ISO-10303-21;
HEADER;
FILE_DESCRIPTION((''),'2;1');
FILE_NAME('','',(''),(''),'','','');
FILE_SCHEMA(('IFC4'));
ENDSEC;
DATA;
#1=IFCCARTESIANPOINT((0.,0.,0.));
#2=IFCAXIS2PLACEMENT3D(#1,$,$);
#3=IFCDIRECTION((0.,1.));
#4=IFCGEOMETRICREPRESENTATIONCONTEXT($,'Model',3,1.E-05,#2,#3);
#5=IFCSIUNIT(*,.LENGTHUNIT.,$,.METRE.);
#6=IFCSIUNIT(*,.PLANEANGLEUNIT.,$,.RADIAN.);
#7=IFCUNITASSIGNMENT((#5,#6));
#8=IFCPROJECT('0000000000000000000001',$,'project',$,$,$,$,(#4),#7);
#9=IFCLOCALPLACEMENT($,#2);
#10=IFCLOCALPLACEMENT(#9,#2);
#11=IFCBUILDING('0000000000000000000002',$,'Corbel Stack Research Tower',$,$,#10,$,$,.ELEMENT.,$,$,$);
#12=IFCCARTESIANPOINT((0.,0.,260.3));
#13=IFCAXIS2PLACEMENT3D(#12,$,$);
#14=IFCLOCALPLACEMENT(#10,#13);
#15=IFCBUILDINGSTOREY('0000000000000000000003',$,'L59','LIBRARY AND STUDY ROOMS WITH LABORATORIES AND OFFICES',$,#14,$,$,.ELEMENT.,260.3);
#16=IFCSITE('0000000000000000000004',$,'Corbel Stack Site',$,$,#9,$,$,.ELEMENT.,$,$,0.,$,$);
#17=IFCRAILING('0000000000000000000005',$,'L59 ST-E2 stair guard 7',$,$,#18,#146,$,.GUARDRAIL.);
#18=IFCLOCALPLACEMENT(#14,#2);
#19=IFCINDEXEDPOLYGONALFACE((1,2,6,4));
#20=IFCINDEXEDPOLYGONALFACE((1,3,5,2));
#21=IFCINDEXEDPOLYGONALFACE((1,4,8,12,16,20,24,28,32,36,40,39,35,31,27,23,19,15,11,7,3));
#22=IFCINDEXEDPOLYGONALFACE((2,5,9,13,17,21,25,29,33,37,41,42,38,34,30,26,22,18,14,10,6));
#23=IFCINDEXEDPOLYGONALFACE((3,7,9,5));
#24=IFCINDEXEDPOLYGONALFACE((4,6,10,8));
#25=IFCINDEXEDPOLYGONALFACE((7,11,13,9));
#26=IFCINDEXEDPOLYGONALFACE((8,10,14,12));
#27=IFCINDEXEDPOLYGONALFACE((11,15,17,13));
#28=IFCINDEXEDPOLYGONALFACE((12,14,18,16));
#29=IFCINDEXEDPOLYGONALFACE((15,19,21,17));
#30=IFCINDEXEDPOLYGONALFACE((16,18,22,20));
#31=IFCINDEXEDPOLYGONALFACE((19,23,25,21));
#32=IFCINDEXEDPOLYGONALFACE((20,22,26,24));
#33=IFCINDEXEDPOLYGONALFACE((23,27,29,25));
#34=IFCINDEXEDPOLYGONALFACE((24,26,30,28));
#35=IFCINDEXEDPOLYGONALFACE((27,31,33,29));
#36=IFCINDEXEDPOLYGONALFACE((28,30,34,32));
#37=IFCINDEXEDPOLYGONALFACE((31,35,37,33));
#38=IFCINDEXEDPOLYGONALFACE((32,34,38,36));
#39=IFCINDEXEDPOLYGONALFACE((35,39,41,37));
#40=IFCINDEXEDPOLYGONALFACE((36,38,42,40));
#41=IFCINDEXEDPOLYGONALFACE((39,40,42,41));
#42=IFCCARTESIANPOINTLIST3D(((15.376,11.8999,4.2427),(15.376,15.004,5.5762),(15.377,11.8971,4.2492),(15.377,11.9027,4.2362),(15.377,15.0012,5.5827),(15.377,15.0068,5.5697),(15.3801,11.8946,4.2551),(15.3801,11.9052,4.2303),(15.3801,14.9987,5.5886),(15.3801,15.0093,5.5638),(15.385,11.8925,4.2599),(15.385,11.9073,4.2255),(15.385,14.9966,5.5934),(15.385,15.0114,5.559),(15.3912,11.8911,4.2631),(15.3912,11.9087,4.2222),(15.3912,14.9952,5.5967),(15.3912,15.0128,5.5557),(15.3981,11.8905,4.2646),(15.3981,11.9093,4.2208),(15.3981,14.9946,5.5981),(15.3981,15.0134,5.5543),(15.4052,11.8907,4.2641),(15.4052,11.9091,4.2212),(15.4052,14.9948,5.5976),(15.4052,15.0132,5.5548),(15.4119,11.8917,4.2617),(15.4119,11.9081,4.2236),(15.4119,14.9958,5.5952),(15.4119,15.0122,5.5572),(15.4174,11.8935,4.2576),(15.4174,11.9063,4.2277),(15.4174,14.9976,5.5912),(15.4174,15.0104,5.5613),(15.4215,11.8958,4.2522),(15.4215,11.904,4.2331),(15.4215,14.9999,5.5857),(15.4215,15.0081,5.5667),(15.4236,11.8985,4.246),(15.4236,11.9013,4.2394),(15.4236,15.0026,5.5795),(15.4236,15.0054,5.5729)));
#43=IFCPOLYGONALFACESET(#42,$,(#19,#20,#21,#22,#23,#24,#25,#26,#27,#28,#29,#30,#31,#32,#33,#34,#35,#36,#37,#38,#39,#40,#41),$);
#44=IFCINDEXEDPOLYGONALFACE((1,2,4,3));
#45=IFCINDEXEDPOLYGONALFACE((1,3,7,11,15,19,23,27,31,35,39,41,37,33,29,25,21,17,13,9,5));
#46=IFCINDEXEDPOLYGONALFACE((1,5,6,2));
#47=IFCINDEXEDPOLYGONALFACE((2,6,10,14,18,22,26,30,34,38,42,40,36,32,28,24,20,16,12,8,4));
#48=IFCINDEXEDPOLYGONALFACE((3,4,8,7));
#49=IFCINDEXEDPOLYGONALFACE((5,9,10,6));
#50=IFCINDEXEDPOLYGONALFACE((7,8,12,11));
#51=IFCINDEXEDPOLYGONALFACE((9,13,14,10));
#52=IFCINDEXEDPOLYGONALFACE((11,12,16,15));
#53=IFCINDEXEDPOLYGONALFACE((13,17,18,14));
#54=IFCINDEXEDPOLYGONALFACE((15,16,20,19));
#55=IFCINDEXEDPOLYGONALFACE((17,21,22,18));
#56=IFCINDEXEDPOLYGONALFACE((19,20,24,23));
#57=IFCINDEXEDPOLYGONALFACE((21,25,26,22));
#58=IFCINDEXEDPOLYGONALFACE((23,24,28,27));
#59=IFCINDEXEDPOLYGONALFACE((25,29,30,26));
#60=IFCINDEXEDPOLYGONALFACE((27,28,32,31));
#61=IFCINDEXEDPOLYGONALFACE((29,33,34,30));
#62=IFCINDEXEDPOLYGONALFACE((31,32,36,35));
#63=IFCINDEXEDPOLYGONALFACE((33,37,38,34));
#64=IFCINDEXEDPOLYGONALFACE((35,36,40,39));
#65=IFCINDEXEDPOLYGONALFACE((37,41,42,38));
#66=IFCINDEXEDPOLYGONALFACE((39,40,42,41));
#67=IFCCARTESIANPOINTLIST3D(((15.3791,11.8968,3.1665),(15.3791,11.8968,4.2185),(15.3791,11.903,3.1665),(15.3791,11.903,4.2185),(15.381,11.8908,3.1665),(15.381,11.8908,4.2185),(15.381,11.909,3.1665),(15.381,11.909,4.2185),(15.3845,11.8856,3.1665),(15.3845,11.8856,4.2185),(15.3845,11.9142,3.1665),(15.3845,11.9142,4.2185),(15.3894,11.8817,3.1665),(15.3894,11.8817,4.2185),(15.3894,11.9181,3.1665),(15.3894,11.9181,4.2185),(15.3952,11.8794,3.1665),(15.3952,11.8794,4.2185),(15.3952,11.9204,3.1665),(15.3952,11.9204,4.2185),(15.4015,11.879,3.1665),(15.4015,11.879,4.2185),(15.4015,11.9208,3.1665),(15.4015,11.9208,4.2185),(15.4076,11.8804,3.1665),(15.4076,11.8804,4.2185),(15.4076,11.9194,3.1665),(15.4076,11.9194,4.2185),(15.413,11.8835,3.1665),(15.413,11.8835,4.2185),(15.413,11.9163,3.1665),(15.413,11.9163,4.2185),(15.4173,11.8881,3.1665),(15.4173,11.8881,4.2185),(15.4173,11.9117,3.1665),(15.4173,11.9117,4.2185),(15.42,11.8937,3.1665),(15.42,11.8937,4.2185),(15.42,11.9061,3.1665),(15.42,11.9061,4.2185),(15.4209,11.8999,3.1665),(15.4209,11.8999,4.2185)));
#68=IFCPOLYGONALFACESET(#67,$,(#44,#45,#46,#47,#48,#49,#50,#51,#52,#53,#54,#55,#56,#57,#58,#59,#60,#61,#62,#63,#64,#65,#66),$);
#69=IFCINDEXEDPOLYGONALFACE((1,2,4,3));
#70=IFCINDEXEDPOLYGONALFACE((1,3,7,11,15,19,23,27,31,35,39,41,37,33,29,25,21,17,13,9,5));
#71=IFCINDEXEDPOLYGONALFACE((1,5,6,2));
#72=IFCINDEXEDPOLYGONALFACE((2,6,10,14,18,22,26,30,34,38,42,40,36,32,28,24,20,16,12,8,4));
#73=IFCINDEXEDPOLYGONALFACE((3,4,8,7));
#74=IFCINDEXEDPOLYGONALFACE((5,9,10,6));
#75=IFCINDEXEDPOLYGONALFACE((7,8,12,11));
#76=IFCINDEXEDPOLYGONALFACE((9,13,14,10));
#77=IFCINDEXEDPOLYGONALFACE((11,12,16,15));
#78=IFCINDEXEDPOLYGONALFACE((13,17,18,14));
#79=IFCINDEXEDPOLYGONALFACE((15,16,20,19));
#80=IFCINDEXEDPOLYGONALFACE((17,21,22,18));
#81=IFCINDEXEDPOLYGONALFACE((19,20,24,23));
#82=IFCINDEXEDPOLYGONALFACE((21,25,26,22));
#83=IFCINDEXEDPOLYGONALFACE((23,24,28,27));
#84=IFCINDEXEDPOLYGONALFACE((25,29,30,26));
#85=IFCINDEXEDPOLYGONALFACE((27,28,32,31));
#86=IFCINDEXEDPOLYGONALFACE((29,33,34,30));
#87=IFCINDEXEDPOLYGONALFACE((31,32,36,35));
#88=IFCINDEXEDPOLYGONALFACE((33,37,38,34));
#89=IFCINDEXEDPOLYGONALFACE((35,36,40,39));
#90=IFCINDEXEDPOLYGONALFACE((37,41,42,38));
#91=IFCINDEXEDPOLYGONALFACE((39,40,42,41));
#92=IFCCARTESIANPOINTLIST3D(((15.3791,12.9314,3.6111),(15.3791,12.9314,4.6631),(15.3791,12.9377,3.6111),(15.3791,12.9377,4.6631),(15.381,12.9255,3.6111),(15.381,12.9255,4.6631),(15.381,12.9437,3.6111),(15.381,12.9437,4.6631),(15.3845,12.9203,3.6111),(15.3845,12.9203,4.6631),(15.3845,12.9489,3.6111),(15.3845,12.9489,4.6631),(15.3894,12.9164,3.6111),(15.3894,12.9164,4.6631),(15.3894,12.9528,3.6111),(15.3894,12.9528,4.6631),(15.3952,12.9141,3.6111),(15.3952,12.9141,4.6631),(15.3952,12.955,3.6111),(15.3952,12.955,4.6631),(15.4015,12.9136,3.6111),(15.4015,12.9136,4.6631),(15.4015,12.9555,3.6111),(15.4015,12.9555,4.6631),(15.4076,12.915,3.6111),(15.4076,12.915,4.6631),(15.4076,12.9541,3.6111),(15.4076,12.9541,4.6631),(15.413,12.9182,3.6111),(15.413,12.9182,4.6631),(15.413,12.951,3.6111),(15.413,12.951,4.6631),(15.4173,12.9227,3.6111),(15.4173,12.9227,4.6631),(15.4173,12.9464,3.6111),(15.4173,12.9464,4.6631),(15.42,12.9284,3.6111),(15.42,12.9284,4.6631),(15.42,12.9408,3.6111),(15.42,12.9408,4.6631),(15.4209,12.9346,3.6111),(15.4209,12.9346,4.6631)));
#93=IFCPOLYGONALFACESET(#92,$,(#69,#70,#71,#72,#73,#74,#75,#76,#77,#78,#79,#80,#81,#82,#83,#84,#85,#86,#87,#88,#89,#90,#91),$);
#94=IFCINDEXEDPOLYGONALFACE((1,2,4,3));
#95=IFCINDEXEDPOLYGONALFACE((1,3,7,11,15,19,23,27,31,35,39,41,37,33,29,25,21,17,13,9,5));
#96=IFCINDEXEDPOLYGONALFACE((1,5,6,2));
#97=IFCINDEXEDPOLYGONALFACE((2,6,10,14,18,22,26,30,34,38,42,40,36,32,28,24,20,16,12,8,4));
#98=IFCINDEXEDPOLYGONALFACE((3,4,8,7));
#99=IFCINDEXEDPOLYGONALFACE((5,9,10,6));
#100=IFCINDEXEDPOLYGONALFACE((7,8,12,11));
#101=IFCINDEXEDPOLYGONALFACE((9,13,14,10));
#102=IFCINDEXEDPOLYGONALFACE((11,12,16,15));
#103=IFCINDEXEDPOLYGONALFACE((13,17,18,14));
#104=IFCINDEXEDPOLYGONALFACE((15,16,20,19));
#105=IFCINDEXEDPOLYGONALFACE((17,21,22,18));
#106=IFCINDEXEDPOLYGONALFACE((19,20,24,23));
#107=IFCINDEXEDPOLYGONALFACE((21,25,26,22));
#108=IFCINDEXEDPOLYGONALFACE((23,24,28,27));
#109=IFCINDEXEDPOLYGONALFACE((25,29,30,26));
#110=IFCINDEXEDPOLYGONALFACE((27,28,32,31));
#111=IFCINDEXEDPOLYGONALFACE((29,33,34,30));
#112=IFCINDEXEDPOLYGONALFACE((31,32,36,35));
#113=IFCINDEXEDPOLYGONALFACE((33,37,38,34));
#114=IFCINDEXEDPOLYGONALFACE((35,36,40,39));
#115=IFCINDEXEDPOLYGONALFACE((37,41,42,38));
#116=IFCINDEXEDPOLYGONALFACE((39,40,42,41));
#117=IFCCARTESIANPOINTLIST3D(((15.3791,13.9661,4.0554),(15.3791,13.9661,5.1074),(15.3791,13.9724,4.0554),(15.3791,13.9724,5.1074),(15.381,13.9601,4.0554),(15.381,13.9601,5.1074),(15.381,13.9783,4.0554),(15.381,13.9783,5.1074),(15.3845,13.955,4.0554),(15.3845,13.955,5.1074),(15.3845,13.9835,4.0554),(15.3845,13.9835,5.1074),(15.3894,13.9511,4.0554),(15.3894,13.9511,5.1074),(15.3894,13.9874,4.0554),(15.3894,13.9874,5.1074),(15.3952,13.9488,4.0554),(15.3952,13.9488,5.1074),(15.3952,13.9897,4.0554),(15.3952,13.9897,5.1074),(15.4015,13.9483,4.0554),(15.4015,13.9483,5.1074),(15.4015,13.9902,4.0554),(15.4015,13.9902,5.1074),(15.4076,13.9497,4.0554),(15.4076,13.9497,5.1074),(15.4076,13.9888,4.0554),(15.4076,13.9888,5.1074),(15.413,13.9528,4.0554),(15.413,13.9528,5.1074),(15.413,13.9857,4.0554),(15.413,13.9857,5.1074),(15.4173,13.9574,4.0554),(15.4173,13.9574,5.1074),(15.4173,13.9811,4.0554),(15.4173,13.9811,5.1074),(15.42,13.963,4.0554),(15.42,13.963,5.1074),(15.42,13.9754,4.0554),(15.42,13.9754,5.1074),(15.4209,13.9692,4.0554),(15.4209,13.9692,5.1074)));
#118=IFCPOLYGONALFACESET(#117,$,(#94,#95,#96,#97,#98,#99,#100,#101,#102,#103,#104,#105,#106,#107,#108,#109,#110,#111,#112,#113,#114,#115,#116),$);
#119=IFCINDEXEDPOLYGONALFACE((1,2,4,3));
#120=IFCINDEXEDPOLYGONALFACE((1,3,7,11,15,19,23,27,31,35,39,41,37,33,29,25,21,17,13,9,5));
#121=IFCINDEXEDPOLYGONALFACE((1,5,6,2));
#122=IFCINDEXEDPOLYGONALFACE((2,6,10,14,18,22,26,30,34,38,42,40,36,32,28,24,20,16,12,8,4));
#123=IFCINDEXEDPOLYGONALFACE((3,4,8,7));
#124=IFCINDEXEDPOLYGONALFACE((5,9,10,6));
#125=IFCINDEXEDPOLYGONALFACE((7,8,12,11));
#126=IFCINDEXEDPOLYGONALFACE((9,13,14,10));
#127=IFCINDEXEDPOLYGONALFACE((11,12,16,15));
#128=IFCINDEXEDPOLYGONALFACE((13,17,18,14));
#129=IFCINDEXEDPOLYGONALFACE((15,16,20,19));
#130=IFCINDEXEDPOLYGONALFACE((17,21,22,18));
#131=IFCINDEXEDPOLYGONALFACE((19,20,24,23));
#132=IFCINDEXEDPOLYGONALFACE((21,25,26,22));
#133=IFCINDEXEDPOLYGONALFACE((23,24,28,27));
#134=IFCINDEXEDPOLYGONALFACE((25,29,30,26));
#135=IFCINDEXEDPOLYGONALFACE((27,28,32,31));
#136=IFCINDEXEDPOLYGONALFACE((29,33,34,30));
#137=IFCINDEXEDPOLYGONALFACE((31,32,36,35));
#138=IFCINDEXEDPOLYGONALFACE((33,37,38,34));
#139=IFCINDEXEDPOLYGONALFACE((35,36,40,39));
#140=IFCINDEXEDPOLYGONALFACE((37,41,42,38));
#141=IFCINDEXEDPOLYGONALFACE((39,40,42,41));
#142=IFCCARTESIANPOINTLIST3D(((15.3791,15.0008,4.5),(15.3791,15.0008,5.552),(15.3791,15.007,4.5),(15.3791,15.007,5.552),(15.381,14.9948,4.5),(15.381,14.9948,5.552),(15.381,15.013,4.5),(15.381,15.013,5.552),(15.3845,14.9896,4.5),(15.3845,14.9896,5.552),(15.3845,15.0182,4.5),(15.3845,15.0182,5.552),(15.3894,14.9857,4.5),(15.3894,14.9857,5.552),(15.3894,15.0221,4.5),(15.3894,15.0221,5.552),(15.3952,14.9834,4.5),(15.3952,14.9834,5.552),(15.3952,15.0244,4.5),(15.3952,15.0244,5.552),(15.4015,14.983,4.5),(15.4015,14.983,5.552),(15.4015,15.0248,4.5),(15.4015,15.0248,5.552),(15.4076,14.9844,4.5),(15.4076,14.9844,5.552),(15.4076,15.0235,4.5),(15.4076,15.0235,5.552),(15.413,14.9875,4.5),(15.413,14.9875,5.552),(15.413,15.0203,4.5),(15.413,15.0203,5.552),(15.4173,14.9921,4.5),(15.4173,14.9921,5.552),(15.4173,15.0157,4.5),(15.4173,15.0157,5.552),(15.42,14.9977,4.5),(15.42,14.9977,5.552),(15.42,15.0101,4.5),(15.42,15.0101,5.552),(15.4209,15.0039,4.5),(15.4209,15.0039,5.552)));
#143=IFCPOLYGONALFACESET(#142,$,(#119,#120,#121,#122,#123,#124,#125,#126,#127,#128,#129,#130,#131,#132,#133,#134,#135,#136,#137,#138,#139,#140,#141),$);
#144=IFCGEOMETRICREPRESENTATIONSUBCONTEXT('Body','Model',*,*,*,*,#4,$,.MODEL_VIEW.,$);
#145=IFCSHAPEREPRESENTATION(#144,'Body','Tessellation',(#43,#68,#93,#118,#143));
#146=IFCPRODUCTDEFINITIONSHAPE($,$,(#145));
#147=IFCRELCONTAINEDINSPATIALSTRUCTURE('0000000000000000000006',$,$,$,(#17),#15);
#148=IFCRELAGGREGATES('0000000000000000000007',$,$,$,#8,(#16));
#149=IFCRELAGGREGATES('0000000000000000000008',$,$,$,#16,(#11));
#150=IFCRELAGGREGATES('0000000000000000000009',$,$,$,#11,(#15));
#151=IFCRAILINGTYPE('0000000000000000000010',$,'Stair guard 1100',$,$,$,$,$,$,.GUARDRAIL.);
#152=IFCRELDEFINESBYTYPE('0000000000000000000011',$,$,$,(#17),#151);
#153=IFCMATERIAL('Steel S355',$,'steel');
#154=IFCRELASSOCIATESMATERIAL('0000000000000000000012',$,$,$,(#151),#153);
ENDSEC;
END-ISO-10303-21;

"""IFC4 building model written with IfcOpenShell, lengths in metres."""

from ifc_helpers import new_model, si_unit, direction, frame, origin, origin_2d, place, context, subcontext, project, spatial, circle, extrude, material, type_object, element, save


model = new_model("IFC4")

# Units and contexts
model_context = context("Model", 3, precision=1e-05, world=origin(), true_north=direction((0.0, 1.0)))
body_context = subcontext(model_context, "Body", "Model", "MODEL_VIEW")
ifc_project = project(units=[si_unit("LENGTHUNIT", "METRE"), si_unit("PLANEANGLEUNIT", "RADIAN")], contexts=[model_context])

# Site, building, storey
site_placement = place(None, origin())
site = spatial("IfcSite", under=ifc_project, at=site_placement, Name="Corbel Stack Site", CompositionType="ELEMENT", RefElevation=0.0)
building_placement = place(site_placement, origin())
building = spatial("IfcBuilding", under=site, at=building_placement, Name="Corbel Stack Research Tower", CompositionType="ELEMENT")
storey_placement = place(building_placement, frame((0.0, 0.0, 260.3)))
storey = spatial("IfcBuildingStorey", under=building, at=storey_placement, Name="L59", Description="LIBRARY AND STUDY ROOMS WITH LABORATORIES AND OFFICES", CompositionType="ELEMENT", Elevation=260.3)

# Railing
ifc_material_1 = material(Name="Steel S355", Category="steel")
railing_type_1 = type_object("IfcRailingType", Name="Stair guard 1100", PredefinedType="GUARDRAIL", material=ifc_material_1)
railing_1_placement = place(storey_placement, frame((15.3999, 11.8999, 3.1665)))
element("IfcRailing", 1, at=railing_1_placement, inside=storey, type_object=railing_type_1, Name="L59 ST-E2 stair guard 7", PredefinedType="GUARDRAIL", context=body_context, shape_type="SweptSolid", body=[
    extrude(circle(Radius=0.0239, at=origin_2d()), frame((0.0, 0.0, 1.0762), z_axis=(0.0, 0.918801, 0.394722), x_axis=(-1.0, 0.0, 0.0)), (0.0, 0.0, 1.0), 3.3784),
    extrude(circle(Radius=0.021, at=origin_2d()), origin(), (0.0, 0.0, 1.0), 1.052),
    extrude(circle(Radius=0.021, at=origin_2d()), frame((0.0, 1.0347, 0.4446)), (0.0, 0.0, 1.0), 1.052),
    extrude(circle(Radius=0.021, at=origin_2d()), frame((0.0, 2.0693, 0.8889)), (0.0, 0.0, 1.0), 1.052),
    extrude(circle(Radius=0.021, at=origin_2d()), frame((0.0, 3.104, 1.3335)), (0.0, 0.0, 1.0), 1.052),
])

save(model, "model.ifc")
